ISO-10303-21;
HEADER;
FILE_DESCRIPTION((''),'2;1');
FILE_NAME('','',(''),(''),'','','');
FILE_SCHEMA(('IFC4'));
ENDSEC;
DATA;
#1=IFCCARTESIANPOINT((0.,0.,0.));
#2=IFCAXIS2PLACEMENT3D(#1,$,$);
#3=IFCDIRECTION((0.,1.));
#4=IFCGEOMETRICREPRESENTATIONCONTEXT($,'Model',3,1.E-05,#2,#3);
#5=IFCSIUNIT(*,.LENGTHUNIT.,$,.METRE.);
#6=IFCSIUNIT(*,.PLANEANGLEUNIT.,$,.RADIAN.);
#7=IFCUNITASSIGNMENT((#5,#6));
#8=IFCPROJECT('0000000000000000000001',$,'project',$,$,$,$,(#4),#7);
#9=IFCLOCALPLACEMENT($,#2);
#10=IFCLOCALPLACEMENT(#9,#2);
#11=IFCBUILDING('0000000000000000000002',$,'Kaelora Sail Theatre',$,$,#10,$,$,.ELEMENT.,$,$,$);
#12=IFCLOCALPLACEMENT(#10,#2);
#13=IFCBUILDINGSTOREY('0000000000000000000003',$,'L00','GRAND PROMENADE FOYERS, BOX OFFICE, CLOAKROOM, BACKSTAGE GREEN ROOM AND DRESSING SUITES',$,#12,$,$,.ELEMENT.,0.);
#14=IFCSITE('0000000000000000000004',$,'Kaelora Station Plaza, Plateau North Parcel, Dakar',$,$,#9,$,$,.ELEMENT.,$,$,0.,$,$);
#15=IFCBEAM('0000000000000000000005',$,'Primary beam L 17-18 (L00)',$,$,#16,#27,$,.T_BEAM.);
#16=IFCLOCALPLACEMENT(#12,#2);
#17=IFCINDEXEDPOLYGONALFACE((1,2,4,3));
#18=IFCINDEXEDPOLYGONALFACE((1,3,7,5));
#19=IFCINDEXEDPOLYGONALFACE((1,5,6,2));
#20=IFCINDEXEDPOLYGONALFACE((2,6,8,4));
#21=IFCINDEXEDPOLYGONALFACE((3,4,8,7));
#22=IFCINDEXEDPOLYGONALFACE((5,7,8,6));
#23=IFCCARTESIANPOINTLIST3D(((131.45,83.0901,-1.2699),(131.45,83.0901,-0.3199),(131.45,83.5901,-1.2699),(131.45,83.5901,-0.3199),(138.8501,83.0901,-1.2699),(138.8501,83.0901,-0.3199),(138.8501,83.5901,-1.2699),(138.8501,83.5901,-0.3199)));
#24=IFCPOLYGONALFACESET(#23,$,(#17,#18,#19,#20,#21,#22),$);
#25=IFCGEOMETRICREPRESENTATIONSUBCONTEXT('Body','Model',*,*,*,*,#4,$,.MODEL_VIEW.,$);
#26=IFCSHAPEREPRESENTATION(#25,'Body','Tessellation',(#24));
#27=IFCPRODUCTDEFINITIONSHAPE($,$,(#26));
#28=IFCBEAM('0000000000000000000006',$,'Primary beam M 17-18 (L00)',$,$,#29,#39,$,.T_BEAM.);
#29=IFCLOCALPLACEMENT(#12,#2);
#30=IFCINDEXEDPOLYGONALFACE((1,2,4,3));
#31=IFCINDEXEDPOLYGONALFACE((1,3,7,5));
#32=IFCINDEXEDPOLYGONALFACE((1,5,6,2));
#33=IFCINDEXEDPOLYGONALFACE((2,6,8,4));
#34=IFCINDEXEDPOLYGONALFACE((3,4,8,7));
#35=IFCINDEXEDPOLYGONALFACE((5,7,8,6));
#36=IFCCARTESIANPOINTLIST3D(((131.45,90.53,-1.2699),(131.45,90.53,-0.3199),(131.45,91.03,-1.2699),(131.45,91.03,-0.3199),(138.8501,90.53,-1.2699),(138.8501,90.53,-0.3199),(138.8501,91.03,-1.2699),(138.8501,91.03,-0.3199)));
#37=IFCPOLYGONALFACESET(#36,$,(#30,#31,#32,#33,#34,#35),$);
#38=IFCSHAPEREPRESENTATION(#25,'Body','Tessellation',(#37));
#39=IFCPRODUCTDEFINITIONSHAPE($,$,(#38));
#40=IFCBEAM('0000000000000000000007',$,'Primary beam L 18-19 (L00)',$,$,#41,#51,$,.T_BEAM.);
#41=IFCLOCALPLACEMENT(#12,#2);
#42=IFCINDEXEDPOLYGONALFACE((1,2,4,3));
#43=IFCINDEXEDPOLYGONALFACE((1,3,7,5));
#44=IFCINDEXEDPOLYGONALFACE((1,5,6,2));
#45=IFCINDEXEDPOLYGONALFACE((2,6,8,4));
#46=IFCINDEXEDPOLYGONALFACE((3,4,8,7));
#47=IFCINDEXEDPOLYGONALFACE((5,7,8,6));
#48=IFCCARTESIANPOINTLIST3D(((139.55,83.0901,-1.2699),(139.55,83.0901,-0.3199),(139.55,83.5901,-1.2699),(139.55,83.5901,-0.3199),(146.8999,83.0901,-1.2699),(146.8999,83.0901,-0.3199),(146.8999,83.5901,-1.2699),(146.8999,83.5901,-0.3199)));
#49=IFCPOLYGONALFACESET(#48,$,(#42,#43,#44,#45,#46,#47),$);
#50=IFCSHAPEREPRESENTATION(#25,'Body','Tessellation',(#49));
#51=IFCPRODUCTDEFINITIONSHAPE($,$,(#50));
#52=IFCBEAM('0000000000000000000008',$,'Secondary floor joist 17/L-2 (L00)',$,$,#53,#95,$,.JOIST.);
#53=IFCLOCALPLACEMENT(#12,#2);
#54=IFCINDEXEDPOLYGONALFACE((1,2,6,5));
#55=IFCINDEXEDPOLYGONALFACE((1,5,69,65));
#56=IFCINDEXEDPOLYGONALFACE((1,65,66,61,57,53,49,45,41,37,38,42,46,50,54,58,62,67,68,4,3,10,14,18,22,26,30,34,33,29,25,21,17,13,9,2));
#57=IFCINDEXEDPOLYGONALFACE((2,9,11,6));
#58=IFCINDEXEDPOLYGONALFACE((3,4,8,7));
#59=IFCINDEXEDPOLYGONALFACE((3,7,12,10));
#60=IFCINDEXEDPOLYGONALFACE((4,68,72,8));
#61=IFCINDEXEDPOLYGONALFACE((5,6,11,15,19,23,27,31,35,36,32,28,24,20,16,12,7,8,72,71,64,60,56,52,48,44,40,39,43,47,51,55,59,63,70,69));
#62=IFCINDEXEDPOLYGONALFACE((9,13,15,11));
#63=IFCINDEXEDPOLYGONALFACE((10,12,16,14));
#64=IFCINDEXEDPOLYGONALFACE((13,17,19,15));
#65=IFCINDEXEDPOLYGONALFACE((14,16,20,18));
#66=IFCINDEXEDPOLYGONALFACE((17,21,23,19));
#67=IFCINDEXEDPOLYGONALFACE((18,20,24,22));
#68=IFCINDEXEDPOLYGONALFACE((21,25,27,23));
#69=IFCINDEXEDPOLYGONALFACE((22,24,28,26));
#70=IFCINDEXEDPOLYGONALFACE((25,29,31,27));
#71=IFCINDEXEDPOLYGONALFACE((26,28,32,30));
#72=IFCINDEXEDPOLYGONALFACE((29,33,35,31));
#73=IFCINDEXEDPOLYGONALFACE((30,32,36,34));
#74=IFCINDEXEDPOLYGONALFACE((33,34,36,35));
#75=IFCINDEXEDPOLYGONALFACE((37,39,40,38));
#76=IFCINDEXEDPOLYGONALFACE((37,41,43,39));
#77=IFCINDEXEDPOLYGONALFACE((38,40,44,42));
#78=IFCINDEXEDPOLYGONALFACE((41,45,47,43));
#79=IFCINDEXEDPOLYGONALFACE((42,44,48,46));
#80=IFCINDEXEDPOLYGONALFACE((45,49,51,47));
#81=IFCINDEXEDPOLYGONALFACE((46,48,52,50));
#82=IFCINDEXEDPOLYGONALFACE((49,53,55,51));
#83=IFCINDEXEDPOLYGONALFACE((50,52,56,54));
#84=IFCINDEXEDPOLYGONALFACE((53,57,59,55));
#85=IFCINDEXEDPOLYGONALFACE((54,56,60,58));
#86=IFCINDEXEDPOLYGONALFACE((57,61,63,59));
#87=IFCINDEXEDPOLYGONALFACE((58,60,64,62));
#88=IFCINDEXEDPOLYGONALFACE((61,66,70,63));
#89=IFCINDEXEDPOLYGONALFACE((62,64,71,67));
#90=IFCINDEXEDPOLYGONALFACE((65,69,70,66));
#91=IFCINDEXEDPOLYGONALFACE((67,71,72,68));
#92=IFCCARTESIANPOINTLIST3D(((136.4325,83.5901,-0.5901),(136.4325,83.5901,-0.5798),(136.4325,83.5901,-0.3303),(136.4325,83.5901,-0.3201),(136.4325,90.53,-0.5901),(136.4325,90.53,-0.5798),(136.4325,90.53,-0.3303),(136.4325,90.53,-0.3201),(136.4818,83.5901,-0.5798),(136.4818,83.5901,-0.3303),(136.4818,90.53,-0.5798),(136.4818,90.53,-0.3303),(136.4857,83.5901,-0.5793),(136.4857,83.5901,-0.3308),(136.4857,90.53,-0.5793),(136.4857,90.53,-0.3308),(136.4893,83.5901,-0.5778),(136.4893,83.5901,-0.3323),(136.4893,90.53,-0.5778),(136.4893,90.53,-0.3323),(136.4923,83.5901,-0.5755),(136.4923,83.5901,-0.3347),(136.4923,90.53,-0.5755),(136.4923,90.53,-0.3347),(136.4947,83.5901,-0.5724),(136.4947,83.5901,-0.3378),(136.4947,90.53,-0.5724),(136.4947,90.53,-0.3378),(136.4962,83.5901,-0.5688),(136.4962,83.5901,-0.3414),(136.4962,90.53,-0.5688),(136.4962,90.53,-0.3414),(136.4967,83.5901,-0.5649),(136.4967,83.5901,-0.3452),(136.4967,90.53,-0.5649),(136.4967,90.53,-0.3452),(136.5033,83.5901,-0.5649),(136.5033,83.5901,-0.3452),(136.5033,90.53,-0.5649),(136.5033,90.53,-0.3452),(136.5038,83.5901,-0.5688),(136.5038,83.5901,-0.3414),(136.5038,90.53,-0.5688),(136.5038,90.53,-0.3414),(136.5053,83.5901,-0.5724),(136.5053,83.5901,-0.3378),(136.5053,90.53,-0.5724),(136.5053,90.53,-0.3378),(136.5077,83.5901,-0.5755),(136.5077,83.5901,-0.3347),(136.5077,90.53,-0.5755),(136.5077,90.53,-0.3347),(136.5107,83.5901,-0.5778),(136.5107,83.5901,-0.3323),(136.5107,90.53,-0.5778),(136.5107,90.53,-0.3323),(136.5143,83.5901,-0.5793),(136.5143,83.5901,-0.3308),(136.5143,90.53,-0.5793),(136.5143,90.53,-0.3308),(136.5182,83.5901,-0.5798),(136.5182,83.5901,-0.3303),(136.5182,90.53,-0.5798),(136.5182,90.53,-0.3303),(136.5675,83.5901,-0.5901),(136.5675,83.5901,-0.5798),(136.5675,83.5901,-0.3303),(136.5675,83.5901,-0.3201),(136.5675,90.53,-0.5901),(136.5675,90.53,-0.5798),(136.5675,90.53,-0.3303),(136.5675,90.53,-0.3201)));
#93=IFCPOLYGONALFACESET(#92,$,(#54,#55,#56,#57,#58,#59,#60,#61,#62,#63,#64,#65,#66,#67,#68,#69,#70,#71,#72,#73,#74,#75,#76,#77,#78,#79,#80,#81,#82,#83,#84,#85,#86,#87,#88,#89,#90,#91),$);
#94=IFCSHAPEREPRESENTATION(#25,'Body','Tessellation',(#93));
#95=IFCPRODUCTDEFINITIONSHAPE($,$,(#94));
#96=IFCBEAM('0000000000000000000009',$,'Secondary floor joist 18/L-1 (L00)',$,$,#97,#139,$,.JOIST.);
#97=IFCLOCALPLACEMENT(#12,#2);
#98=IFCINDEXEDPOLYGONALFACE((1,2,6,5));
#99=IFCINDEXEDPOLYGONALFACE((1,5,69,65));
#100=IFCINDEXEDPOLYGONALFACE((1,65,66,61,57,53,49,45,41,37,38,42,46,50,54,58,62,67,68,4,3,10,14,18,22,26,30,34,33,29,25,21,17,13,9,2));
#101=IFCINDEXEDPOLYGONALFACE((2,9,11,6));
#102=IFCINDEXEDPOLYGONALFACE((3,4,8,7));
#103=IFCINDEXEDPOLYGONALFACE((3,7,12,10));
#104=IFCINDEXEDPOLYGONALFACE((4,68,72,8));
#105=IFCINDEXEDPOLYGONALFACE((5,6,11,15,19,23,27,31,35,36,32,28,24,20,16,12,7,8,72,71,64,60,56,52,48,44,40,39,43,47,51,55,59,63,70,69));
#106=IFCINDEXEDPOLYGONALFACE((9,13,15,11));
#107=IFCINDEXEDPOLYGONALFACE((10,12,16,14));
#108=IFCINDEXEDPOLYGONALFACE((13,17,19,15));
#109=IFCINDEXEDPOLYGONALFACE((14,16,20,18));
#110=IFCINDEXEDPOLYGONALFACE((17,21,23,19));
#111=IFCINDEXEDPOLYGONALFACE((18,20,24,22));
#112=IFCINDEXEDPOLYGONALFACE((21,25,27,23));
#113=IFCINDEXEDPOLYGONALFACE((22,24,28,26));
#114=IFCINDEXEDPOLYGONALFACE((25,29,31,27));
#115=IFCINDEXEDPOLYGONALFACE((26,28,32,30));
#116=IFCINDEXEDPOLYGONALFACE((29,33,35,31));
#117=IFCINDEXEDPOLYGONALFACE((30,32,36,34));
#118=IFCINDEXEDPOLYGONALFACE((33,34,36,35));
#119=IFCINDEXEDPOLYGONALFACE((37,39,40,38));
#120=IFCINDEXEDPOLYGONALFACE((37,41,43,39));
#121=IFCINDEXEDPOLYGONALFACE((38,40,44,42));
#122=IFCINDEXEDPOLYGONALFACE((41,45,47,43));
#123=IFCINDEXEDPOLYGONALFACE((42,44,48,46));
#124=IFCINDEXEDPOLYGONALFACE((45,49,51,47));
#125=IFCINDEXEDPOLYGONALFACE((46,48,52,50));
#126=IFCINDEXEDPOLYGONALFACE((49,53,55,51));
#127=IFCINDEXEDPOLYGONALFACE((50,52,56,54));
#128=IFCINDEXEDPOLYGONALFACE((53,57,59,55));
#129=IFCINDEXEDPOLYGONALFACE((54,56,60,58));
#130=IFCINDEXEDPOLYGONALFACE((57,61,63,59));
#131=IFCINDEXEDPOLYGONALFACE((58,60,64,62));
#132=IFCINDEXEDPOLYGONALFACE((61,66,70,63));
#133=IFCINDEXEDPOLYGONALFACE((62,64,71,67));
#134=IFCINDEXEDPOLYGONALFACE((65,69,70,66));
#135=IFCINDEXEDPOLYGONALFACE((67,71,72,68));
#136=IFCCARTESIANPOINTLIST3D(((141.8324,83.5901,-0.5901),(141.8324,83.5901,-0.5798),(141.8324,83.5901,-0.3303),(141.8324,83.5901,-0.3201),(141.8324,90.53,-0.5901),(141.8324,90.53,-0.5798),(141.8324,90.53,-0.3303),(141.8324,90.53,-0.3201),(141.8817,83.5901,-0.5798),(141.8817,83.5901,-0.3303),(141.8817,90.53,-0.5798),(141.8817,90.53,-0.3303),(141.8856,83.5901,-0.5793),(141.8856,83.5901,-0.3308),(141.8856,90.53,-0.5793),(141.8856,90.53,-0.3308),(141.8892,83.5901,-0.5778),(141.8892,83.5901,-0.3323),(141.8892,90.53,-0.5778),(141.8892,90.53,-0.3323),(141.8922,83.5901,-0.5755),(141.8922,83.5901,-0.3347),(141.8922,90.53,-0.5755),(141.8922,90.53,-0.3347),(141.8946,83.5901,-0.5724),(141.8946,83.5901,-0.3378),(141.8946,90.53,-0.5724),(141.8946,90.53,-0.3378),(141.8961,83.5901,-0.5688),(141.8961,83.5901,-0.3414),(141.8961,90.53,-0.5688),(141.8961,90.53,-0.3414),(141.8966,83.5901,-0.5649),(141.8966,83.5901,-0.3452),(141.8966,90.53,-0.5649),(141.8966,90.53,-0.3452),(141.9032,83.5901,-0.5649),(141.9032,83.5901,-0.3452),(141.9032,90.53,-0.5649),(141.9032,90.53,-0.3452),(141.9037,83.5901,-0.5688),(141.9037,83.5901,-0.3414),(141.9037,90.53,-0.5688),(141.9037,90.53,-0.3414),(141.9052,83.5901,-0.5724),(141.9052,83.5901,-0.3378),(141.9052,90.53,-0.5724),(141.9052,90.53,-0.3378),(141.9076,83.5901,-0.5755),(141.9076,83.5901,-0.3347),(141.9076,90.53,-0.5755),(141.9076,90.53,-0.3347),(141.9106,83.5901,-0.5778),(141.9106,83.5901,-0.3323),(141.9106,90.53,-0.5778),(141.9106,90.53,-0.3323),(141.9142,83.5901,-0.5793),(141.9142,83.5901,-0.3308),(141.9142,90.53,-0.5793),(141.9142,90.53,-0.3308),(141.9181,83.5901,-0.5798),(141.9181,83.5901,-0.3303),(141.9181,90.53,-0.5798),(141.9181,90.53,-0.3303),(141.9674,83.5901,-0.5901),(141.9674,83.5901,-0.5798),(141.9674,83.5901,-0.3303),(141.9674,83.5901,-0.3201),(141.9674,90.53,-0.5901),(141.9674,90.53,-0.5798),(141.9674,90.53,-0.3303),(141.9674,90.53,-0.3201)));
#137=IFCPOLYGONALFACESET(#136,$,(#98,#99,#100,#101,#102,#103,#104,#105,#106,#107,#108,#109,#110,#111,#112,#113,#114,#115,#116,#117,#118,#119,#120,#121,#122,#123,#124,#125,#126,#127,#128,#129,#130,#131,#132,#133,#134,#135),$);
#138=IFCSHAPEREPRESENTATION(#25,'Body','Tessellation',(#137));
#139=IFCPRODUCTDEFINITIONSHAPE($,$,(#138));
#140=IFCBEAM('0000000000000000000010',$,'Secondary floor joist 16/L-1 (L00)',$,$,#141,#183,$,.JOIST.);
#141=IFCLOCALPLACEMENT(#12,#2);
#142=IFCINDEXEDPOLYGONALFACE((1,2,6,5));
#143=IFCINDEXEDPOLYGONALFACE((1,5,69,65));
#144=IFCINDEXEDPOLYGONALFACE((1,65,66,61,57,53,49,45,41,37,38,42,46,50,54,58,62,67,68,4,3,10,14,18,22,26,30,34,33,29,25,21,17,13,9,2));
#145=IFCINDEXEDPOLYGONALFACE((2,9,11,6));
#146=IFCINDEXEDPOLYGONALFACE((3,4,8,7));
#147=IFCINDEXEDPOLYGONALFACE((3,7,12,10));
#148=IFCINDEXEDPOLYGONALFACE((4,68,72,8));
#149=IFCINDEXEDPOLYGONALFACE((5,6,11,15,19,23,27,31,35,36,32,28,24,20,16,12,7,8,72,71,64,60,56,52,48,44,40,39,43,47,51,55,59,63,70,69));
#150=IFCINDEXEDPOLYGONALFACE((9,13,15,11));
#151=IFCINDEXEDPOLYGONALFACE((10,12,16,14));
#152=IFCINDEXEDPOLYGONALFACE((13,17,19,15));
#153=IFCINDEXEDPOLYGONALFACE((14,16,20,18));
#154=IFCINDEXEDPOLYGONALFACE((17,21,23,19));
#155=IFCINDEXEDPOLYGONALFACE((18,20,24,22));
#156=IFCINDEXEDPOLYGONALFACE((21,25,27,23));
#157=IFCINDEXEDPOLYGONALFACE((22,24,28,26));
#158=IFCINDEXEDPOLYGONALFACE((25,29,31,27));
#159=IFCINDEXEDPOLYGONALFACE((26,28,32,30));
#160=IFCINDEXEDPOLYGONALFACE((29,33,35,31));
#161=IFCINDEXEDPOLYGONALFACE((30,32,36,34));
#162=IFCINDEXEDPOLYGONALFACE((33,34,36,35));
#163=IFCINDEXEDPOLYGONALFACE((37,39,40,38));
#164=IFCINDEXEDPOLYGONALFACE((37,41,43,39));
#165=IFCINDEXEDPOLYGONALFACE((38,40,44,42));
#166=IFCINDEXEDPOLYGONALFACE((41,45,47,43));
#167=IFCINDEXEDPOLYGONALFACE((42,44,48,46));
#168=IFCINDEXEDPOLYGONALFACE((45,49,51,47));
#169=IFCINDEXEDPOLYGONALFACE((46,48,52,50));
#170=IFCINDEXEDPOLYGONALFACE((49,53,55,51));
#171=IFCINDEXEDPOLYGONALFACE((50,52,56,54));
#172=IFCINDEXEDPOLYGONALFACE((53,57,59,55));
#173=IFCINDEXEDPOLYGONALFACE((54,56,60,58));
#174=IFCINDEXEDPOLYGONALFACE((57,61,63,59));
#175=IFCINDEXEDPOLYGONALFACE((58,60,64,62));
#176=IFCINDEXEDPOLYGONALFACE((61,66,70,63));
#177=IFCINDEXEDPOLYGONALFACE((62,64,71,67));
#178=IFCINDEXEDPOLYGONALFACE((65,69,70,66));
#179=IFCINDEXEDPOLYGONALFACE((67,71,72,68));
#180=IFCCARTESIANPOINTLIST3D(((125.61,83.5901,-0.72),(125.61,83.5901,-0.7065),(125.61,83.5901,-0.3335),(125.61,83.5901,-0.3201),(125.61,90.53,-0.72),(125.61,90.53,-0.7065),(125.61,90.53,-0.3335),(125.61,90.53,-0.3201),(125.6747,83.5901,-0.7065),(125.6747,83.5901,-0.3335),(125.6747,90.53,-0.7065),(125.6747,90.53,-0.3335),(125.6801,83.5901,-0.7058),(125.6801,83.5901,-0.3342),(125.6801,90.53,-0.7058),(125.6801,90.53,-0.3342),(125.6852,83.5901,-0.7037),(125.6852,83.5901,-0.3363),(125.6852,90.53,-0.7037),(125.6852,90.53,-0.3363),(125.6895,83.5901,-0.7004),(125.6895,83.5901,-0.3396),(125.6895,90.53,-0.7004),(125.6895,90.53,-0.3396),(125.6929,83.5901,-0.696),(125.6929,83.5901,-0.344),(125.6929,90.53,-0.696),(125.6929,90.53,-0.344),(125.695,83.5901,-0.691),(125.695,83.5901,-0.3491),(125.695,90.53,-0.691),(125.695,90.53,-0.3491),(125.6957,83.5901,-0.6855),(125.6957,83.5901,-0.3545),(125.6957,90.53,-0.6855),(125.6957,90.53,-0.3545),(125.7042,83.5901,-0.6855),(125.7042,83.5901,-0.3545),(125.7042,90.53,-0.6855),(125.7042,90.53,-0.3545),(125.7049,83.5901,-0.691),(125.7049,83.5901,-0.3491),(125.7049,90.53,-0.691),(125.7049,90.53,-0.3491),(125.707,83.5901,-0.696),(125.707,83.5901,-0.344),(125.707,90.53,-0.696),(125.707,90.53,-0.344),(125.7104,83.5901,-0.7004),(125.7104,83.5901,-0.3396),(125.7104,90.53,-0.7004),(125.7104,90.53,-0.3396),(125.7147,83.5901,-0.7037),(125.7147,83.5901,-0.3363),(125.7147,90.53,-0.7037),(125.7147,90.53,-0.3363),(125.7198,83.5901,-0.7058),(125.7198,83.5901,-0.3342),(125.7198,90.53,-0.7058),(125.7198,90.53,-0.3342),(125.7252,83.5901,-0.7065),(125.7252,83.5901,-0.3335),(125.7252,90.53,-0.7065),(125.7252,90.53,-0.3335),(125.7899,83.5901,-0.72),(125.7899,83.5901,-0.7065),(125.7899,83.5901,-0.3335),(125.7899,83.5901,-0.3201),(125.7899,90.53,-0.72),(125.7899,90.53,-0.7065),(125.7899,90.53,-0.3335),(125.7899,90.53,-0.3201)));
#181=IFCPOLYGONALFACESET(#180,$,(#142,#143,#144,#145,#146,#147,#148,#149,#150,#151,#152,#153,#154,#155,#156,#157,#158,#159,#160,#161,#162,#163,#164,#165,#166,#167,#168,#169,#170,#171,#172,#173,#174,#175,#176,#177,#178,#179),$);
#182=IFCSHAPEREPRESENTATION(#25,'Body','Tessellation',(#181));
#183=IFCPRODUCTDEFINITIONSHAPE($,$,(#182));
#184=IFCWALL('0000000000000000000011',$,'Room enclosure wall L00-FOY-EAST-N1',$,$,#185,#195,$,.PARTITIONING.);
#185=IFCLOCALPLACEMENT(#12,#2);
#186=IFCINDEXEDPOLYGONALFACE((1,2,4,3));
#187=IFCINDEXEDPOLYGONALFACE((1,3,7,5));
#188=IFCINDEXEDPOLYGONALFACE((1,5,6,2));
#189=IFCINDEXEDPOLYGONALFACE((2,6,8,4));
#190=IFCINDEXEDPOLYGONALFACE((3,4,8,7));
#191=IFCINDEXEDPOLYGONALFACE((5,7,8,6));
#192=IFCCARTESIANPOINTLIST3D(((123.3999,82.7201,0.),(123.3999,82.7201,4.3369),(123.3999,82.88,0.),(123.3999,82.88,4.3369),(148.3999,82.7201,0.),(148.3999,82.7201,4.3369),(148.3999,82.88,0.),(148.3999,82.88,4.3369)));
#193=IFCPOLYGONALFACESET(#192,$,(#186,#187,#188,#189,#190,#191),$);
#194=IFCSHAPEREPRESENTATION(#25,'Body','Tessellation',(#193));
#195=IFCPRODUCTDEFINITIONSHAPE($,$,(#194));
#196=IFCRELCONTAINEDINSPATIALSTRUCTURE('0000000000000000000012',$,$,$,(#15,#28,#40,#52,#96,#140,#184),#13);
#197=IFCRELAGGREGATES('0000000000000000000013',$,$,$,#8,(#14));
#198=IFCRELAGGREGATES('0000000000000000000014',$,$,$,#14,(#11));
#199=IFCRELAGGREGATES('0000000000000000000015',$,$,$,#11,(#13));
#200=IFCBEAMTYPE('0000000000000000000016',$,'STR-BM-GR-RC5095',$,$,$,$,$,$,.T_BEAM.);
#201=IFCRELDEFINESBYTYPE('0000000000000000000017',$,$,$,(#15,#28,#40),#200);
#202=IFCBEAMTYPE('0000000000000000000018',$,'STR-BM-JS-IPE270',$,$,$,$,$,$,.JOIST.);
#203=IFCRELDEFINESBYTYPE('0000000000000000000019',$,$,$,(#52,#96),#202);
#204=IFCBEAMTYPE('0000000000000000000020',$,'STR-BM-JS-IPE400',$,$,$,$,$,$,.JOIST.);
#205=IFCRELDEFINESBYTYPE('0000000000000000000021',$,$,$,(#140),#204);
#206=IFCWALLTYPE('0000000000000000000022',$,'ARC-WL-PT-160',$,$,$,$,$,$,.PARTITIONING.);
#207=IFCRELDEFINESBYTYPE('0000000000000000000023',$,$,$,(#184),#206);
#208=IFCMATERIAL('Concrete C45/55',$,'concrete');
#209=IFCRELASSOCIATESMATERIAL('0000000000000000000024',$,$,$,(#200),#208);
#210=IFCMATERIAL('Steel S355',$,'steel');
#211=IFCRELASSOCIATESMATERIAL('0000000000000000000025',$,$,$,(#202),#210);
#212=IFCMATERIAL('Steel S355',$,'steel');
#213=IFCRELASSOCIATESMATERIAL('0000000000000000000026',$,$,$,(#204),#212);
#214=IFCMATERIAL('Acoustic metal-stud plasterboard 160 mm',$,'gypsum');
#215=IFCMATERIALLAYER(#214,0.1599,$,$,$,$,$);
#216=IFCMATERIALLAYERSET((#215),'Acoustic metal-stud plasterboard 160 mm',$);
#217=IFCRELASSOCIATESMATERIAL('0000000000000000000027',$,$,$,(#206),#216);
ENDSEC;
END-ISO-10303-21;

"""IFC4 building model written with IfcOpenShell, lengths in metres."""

from ifc_helpers import new_model, si_unit, direction, frame, frame_2d, origin, origin_2d, place, context, subcontext, project, spatial, rectangle, i_section, extrude, material, layer, layer_set, material_profile, profile_set, type_object, element, save


model = new_model("IFC4")

# Units and contexts
model_context = context("Model", 3, precision=1e-05, world=origin(), true_north=direction((0.0, 1.0)))
body_context = subcontext(model_context, "Body", "Model", "MODEL_VIEW")
ifc_project = project(units=[si_unit("LENGTHUNIT", "METRE"), si_unit("PLANEANGLEUNIT", "RADIAN")], contexts=[model_context])

# Site, building, storey
site_placement = place(None, origin())
site = spatial("IfcSite", under=ifc_project, at=site_placement, Name="Kaelora Station Plaza, Plateau North Parcel, Dakar", CompositionType="ELEMENT", RefElevation=0.0)
building_placement = place(site_placement, origin())
building = spatial("IfcBuilding", under=site, at=building_placement, Name="Kaelora Sail Theatre", CompositionType="ELEMENT")
storey_placement = place(building_placement, origin())
storey = spatial("IfcBuildingStorey", under=building, at=storey_placement, Name="L00", Description="GRAND PROMENADE FOYERS, BOX OFFICE, CLOAKROOM, BACKSTAGE GREEN ROOM AND DRESSING SUITES", CompositionType="ELEMENT", Elevation=0.0)

# Beams
ifc_material_1 = material(Name="Concrete C45/55", Category="concrete")
ifc_material_profile_1 = material_profile(ifc_material_1, rectangle(XDim=0.5, YDim=0.95, at=origin_2d()), Name="RC-GRD 500x950")
ifc_profile_set_1 = profile_set([ifc_material_profile_1], Name="Concrete C45/55")
beam_type_1 = type_object("IfcBeamType", Name="STR-BM-GR-RC5095", PredefinedType="T_BEAM", material=ifc_profile_set_1)
for number, where, z_axis, x_axis, name in (
    (1, (131.45, 83.3401, -0.7949), (1.0, 0.0, 0.0), (0.0, 1.0, 0.0), "Primary beam L 17-18 (L00)"),
    (2, (131.45, 90.78, -0.7949), (1.0, 0.0, 0.0), (0.0, 1.0, 0.0), "Primary beam M 17-18 (L00)"),
):
    element("IfcBeam", number, at=place(storey_placement, frame(where, z_axis=z_axis, x_axis=x_axis)), inside=storey, type_object=beam_type_1, Name=name, PredefinedType="T_BEAM", context=body_context, shape_type="SweptSolid", body=[
        extrude(rectangle(XDim=0.5, YDim=0.95, at=origin_2d()), origin(), (0.0, 0.0, 1.0), 7.4001),
    ])
beam_1_placement = place(storey_placement, frame((139.55, 83.3401, -0.7949), z_axis=(1.0, 0.0, 0.0), x_axis=(0.0, 1.0, 0.0)))
element("IfcBeam", 3, at=beam_1_placement, inside=storey, type_object=beam_type_1, Name="Primary beam L 18-19 (L00)", PredefinedType="T_BEAM", context=body_context, shape_type="SweptSolid", body=[
    extrude(rectangle(XDim=0.5, YDim=0.95, at=origin_2d()), origin(), (0.0, 0.0, 1.0), 7.3499),
])
ifc_material_2 = material(Name="Steel S355", Category="steel")
ifc_material_profile_2 = material_profile(ifc_material_2, i_section(OverallWidth=0.135, OverallDepth=0.27, WebThickness=0.0066, FlangeThickness=0.0103, FilletRadius=0.0149, at=origin_2d()), Name="IPE 270")
ifc_profile_set_2 = profile_set([ifc_material_profile_2], Name="Steel S355")
beam_type_2 = type_object("IfcBeamType", Name="STR-BM-JS-IPE270", PredefinedType="JOIST", material=ifc_profile_set_2)
for number, where, z_axis, x_axis, name in (
    (4, (136.5, 83.5901, -0.4551), (0.0, 1.0, 0.0), (-1.0, 0.0, 0.0), "Secondary floor joist 17/L-2 (L00)"),
    (5, (141.8999, 83.5901, -0.4551), (0.0, 1.0, 0.0), (-1.0, 0.0, 0.0), "Secondary floor joist 18/L-1 (L00)"),
):
    element("IfcBeam", number, at=place(storey_placement, frame(where, z_axis=z_axis, x_axis=x_axis)), inside=storey, type_object=beam_type_2, Name=name, PredefinedType="JOIST", context=body_context, shape_type="SweptSolid", body=[
        extrude(i_section(OverallWidth=0.135, OverallDepth=0.27, WebThickness=0.0066, FlangeThickness=0.0103, FilletRadius=0.0149, at=origin_2d()), origin(), (0.0, 0.0, 1.0), 6.9399),
    ])
ifc_material_3 = material(Name="Steel S355", Category="steel")
ifc_material_profile_3 = material_profile(ifc_material_3, i_section(OverallWidth=0.1799, OverallDepth=0.3999, WebThickness=0.0085, FlangeThickness=0.0134, FilletRadius=0.021, at=origin_2d()), Name="IPE 400")
ifc_profile_set_3 = profile_set([ifc_material_profile_3], Name="Steel S355")
beam_type_3 = type_object("IfcBeamType", Name="STR-BM-JS-IPE400", PredefinedType="JOIST", material=ifc_profile_set_3)
beam_2_placement = place(storey_placement, frame((125.7, 83.5901, -0.52), z_axis=(0.0, 1.0, 0.0), x_axis=(-1.0, 0.0, 0.0)))
element("IfcBeam", 6, at=beam_2_placement, inside=storey, type_object=beam_type_3, Name="Secondary floor joist 16/L-1 (L00)", PredefinedType="JOIST", context=body_context, shape_type="SweptSolid", body=[
    extrude(i_section(OverallWidth=0.1799, OverallDepth=0.3999, WebThickness=0.0085, FlangeThickness=0.0134, FilletRadius=0.021, at=origin_2d()), origin(), (0.0, 0.0, 1.0), 6.9399),
])

# Wall
ifc_material_4 = material(Name="Acoustic metal-stud plasterboard 160 mm", Category="gypsum")
ifc_layer_1 = layer(ifc_material_4, 0.1599)
ifc_layer_set_1 = layer_set([ifc_layer_1], Name="Acoustic metal-stud plasterboard 160 mm")
wall_type_1 = type_object("IfcWallType", Name="ARC-WL-PT-160", PredefinedType="PARTITIONING", material=ifc_layer_set_1)
wall_1_placement = place(storey_placement, frame((123.3999, 82.8, 0.0), z_axis=(0.0, 0.0, 1.0), x_axis=(1.0, 0.0, 0.0)))
element("IfcWall", 7, at=wall_1_placement, inside=storey, type_object=wall_type_1, Name="Room enclosure wall L00-FOY-EAST-N1", PredefinedType="PARTITIONING", context=body_context, shape_type="SweptSolid", body=[
    extrude(rectangle(XDim=25.0, YDim=0.1599, at=frame_2d((12.5, 0.0))), origin(), (0.0, 0.0, 1.0), 4.3369),
])

save(model, "model.ifc")
